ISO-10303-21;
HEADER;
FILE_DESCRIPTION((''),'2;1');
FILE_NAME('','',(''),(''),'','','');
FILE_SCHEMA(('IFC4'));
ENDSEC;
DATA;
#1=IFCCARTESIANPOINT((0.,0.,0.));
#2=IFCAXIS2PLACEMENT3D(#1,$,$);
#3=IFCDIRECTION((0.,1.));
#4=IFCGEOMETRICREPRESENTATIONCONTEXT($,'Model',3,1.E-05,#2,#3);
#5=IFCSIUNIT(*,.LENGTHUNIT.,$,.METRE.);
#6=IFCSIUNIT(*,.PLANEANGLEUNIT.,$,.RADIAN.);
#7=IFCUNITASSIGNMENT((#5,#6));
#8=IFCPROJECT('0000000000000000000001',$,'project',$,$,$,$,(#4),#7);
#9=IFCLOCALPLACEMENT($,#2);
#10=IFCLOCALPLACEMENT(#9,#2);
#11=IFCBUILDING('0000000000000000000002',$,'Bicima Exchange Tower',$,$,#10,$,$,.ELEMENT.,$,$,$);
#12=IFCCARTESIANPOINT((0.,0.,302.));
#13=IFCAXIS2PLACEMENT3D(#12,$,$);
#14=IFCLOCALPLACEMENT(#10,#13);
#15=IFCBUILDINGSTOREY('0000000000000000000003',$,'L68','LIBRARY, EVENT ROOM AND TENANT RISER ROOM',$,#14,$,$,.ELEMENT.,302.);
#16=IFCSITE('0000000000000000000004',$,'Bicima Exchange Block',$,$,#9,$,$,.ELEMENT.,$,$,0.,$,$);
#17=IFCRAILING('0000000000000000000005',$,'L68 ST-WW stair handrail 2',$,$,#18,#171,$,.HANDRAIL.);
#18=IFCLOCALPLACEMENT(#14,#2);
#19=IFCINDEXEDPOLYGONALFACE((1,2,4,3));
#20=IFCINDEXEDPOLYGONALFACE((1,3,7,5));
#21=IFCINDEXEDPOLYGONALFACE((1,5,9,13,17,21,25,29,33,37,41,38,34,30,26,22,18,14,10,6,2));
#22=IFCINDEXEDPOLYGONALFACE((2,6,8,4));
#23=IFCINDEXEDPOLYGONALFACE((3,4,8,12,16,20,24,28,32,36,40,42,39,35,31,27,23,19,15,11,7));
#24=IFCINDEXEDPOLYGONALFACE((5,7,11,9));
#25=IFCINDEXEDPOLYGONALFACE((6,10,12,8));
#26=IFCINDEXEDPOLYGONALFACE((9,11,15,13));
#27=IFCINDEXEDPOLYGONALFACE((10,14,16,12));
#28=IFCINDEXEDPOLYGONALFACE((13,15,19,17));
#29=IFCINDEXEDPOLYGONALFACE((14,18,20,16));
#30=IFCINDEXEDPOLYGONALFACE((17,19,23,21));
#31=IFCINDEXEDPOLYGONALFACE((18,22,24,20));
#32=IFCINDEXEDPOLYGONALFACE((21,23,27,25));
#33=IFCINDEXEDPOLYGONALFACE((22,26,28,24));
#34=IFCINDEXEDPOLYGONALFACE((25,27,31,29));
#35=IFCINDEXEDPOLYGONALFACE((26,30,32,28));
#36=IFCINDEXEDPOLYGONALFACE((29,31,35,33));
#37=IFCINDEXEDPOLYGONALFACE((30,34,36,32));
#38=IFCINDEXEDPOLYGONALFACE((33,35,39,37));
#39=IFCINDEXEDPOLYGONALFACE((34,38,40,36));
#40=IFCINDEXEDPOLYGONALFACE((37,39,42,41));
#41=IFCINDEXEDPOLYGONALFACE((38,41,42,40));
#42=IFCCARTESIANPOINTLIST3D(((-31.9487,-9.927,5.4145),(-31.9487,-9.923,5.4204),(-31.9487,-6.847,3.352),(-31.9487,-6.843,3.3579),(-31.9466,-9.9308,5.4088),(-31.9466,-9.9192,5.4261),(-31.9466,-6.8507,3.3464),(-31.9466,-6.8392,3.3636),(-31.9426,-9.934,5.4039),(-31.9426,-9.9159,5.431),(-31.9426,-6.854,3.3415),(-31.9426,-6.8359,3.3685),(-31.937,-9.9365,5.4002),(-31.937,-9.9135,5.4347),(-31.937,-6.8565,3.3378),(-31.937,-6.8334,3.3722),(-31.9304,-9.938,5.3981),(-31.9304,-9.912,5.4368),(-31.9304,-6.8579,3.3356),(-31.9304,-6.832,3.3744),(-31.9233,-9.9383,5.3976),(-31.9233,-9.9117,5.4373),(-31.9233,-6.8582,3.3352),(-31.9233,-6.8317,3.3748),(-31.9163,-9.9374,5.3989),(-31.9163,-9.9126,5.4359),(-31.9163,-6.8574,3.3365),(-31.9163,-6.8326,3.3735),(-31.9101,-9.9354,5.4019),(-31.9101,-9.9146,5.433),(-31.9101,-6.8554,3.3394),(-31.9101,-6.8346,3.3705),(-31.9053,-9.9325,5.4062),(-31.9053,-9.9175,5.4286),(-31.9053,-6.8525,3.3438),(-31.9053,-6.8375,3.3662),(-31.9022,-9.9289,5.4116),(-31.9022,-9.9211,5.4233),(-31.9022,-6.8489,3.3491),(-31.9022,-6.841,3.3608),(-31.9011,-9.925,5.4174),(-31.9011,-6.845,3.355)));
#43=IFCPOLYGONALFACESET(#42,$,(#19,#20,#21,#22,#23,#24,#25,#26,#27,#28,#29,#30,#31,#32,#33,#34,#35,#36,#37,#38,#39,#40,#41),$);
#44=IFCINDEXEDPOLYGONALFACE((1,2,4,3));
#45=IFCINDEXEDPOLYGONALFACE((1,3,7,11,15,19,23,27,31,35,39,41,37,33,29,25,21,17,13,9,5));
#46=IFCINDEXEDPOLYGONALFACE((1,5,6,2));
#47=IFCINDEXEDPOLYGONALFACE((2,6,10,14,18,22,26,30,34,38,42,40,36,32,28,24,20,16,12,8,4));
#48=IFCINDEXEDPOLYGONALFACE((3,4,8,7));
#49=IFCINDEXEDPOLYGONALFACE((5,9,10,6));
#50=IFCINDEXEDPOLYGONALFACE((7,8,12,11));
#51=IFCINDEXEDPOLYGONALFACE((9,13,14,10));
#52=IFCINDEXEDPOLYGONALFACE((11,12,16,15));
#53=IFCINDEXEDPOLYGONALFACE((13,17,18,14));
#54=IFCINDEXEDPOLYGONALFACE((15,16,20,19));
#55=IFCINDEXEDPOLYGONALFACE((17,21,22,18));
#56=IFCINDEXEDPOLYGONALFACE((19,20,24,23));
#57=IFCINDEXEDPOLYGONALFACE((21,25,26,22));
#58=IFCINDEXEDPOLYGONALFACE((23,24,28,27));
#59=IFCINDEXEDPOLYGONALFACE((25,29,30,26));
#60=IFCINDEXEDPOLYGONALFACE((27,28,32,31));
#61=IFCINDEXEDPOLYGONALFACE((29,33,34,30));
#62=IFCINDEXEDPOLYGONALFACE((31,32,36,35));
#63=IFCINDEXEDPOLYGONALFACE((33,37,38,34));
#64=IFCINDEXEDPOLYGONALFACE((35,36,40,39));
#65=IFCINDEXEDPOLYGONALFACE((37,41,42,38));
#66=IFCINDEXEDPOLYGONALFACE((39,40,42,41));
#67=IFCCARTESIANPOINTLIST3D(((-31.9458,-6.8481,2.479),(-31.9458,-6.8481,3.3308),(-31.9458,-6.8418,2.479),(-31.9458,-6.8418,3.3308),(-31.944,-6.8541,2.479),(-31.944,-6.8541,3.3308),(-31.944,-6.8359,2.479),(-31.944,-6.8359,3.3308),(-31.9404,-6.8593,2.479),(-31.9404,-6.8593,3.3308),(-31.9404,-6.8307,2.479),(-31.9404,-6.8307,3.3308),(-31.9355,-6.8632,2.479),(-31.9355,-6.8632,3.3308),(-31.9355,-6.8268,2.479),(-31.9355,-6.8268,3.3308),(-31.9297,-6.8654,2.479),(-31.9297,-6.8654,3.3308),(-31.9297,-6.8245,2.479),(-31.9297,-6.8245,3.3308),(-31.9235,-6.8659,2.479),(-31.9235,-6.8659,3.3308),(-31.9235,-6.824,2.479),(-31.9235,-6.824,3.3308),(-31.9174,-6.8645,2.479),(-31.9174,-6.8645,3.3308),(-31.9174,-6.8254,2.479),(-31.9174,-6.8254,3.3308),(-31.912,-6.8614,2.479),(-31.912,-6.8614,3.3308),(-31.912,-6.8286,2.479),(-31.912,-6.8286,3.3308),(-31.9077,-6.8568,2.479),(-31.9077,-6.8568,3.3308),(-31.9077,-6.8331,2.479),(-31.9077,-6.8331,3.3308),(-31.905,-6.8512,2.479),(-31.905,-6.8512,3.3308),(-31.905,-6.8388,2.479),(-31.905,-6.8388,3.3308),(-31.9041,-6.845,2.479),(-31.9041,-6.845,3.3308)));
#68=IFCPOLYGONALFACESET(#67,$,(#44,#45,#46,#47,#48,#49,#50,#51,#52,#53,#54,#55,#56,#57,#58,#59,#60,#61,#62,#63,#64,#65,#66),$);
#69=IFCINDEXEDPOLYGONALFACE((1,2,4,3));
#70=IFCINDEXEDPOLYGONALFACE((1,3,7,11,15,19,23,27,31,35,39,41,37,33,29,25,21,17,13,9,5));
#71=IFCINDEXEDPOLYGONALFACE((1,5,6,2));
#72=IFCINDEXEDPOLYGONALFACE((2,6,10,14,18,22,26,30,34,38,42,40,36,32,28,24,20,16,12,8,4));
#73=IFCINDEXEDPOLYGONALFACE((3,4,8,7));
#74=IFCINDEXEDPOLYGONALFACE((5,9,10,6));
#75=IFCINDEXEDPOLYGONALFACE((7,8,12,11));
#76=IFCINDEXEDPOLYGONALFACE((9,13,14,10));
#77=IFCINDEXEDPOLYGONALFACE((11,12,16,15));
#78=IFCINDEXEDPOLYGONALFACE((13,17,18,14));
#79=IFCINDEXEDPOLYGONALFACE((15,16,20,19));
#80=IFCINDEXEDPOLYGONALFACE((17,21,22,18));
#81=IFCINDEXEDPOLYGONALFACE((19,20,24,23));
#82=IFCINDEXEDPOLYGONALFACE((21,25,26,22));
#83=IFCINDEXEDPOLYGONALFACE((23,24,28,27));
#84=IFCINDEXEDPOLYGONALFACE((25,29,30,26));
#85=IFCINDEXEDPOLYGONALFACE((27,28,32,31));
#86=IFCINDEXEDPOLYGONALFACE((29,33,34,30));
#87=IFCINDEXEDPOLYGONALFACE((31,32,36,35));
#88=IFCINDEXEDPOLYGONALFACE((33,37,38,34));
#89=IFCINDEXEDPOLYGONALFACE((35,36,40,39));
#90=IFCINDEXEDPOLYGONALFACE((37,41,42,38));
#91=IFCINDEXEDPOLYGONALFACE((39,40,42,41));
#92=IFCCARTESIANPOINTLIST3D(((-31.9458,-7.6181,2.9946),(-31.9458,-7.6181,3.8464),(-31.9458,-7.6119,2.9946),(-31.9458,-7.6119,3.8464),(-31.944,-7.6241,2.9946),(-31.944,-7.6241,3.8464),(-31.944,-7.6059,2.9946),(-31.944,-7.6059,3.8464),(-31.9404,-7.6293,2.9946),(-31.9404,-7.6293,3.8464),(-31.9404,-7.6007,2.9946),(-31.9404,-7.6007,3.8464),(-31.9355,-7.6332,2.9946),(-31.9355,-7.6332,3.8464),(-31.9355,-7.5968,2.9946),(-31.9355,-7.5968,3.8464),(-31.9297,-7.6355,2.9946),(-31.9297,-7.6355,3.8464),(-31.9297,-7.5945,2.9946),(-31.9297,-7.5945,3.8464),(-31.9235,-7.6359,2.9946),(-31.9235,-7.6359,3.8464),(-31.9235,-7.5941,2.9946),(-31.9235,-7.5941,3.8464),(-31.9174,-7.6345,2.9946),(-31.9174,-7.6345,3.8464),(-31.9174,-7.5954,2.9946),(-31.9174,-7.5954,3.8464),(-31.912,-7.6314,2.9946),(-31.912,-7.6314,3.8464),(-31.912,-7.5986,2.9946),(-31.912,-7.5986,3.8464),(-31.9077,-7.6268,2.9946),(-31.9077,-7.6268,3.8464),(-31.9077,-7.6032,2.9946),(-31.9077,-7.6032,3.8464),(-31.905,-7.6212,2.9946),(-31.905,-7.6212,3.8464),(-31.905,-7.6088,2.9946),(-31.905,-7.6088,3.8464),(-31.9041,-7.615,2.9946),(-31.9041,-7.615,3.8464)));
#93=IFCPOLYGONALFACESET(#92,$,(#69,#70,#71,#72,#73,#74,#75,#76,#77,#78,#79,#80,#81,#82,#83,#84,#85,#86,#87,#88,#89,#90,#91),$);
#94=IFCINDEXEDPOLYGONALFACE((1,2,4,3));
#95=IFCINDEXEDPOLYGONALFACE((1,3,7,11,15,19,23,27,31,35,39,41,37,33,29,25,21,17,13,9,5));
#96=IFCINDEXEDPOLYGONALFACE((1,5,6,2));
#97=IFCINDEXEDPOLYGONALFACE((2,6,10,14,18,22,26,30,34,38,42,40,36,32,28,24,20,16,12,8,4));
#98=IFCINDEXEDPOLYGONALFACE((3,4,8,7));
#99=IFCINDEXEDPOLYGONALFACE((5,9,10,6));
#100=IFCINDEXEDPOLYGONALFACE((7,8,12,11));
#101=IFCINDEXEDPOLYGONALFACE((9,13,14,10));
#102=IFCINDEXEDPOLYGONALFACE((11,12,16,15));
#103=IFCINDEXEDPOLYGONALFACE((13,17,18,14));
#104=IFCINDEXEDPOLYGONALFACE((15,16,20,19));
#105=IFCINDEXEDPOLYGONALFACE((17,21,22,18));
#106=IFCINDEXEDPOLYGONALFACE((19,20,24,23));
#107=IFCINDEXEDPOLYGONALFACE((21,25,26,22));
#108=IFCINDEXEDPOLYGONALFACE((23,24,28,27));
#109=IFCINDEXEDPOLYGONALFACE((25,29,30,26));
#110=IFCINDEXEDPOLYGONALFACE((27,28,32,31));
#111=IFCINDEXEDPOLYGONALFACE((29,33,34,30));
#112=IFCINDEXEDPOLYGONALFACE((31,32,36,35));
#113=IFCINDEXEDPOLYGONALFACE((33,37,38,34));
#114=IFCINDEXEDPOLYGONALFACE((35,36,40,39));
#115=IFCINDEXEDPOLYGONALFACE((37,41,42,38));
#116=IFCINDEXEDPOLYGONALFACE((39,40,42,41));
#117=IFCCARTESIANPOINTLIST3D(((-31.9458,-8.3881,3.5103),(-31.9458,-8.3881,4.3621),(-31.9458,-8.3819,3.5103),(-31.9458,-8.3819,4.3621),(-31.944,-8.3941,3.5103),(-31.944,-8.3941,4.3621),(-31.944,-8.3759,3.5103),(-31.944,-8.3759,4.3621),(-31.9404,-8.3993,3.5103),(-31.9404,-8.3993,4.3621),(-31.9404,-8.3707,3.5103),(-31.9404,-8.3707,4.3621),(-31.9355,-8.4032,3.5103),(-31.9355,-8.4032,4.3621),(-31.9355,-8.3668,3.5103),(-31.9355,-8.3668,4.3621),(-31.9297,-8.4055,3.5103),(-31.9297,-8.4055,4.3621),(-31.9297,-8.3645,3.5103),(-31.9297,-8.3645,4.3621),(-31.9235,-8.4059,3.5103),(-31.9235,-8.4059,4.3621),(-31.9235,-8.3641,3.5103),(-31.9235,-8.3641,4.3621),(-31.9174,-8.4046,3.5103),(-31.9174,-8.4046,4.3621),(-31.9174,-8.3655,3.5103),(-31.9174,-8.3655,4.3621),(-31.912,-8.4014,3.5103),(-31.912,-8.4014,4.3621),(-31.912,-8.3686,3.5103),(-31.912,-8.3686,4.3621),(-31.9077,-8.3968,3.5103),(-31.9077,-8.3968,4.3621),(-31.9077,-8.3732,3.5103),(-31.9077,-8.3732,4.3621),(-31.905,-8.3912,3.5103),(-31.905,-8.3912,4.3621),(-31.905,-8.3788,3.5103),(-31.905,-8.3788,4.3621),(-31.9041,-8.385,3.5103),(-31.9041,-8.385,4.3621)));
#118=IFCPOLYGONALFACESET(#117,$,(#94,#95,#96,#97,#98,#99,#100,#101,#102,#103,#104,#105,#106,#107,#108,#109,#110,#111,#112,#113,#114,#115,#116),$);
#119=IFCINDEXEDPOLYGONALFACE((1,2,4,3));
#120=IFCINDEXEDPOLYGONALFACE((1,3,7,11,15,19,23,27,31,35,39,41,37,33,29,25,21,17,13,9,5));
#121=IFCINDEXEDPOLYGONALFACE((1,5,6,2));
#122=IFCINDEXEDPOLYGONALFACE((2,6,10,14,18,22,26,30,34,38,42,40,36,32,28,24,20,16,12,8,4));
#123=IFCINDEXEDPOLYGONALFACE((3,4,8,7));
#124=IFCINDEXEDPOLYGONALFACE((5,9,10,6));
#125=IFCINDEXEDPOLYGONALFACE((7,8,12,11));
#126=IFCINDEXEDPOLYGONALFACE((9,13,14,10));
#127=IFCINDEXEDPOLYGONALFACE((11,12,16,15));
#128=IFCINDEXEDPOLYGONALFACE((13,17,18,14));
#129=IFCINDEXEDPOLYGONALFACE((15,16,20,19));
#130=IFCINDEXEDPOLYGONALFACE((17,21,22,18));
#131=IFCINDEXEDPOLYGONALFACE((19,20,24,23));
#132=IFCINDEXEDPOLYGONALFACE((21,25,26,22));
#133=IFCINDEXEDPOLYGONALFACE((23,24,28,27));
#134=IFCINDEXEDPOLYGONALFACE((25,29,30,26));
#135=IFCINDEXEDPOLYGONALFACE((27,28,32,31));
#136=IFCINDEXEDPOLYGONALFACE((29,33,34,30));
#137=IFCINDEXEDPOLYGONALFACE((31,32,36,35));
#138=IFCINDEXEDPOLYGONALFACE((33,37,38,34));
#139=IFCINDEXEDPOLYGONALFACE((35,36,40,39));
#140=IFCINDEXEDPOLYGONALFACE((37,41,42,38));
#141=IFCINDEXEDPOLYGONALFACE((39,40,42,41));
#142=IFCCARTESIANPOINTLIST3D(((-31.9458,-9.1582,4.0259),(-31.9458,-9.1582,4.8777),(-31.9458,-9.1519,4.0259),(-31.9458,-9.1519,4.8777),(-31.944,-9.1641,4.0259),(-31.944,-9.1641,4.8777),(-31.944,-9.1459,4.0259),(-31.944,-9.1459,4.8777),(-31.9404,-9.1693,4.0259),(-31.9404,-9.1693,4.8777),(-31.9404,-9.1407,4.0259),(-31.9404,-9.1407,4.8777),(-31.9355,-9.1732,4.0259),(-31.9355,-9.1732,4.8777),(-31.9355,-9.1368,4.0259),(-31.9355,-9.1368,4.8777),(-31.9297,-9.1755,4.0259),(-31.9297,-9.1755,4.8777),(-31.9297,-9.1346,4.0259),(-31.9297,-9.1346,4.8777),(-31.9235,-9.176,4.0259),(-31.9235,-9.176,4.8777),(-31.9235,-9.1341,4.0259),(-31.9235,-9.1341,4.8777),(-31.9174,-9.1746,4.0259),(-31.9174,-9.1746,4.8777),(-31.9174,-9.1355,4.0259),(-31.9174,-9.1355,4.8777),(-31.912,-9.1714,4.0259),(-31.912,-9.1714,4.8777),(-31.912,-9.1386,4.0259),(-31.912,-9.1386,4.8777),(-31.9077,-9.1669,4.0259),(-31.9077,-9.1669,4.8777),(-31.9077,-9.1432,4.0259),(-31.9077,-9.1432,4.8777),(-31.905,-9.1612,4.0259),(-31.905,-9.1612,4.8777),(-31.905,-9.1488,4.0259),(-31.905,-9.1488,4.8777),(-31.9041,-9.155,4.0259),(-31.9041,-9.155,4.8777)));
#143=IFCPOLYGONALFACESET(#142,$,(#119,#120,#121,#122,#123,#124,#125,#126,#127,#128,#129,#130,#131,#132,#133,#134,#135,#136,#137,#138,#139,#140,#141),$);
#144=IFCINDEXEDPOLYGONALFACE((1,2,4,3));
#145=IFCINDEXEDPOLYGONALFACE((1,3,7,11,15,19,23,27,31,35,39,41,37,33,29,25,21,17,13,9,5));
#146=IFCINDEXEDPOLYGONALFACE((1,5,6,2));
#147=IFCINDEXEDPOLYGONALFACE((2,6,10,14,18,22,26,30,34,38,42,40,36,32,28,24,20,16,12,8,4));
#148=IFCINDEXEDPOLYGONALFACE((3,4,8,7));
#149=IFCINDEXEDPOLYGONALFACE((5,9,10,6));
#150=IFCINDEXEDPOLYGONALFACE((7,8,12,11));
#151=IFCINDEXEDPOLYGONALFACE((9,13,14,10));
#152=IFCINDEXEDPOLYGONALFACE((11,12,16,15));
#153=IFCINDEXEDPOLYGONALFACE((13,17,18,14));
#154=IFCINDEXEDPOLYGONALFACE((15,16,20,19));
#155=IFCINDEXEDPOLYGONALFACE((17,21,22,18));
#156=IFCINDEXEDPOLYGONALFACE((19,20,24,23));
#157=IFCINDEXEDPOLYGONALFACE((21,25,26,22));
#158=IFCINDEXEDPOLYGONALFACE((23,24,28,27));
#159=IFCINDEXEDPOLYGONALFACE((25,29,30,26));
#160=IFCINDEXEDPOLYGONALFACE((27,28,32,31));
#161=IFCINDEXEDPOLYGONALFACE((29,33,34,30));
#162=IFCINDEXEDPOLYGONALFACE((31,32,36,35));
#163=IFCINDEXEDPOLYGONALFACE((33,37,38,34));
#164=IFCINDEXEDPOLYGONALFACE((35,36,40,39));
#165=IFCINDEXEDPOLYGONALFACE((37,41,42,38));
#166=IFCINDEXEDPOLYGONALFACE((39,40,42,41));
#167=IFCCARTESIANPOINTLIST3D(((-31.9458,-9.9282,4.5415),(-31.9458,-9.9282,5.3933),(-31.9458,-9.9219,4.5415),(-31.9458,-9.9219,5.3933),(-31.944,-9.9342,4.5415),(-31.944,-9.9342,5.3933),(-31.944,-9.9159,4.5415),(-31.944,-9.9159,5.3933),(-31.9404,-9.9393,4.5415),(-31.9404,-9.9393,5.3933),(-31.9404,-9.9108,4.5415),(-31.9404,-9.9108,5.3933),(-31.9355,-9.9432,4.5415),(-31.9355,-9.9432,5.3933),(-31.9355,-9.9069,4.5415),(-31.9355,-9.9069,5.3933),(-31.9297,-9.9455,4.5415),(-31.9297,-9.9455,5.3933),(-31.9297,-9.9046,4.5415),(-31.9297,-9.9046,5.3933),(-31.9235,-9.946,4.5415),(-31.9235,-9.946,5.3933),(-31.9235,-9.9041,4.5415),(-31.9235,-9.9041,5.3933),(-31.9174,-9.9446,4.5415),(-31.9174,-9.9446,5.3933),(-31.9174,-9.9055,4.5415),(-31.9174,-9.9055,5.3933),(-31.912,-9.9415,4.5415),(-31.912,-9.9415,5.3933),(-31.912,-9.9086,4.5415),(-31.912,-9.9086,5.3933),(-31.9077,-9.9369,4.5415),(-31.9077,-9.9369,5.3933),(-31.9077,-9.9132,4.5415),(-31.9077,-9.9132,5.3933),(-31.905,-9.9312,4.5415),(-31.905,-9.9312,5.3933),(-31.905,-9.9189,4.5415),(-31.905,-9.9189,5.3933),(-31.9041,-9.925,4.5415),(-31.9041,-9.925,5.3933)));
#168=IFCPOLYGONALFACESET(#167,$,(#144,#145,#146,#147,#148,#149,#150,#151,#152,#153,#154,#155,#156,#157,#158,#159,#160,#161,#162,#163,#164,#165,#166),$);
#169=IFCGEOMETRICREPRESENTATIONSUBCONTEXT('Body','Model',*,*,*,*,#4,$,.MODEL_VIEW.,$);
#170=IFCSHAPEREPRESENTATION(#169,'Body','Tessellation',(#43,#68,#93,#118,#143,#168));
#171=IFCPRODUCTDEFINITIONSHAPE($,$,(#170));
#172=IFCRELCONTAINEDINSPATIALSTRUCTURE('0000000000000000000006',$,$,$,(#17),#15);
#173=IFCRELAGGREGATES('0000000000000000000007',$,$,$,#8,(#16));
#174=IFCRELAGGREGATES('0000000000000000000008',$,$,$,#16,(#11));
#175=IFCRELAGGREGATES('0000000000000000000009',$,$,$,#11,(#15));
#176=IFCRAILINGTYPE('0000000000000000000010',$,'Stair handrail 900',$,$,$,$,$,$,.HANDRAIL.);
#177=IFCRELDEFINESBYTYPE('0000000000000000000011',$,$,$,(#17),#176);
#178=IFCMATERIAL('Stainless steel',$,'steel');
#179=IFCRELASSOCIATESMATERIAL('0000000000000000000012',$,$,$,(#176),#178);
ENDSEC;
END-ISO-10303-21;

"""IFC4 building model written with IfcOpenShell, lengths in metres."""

from ifc_helpers import new_model, si_unit, direction, frame, origin, origin_2d, place, context, subcontext, project, spatial, circle, extrude, material, type_object, element, save


model = new_model("IFC4")

# Units and contexts
model_context = context("Model", 3, precision=1e-05, world=origin(), true_north=direction((0.0, 1.0)))
body_context = subcontext(model_context, "Body", "Model", "MODEL_VIEW")
ifc_project = project(units=[si_unit("LENGTHUNIT", "METRE"), si_unit("PLANEANGLEUNIT", "RADIAN")], contexts=[model_context])

# Site, building, storey
site_placement = place(None, origin())
site = spatial("IfcSite", under=ifc_project, at=site_placement, Name="Bicima Exchange Block", CompositionType="ELEMENT", RefElevation=0.0)
building_placement = place(site_placement, origin())
building = spatial("IfcBuilding", under=site, at=building_placement, Name="Bicima Exchange Tower", CompositionType="ELEMENT")
storey_placement = place(building_placement, frame((0.0, 0.0, 302.0)))
storey = spatial("IfcBuildingStorey", under=building, at=storey_placement, Name="L68", Description="LIBRARY, EVENT ROOM AND TENANT RISER ROOM", CompositionType="ELEMENT", Elevation=302.0)

# Railing
ifc_material_1 = material(Name="Stainless steel", Category="steel")
railing_type = type_object("IfcRailingType", Name="Stair handrail 900", PredefinedType="HANDRAIL", material=ifc_material_1)
railing_placement = place(storey_placement, frame((-31.925, -6.845, 2.479)))
element("IfcRailing", 1, at=railing_placement, inside=storey, type_object=railing_type, Name="L68 ST-WW stair handrail 2", PredefinedType="HANDRAIL", context=body_context, shape_type="SweptSolid", body=[
    extrude(circle(Radius=0.0239, at=origin_2d()), frame((0.0, 0.0, 0.876), z_axis=(0.0, -0.830914, 0.556401), x_axis=(1.0, 0.0, 0.0)), (0.0, 0.0, 1.0), 3.7068),
    extrude(circle(Radius=0.021, at=origin_2d()), origin(), (0.0, 0.0, 1.0), 0.8518),
    extrude(circle(Radius=0.021, at=origin_2d()), frame((0.0, -0.77, 0.5156)), (0.0, 0.0, 1.0), 0.8518),
    extrude(circle(Radius=0.021, at=origin_2d()), frame((0.0, -1.54, 1.0312)), (0.0, 0.0, 1.0), 0.8518),
    extrude(circle(Radius=0.021, at=origin_2d()), frame((0.0, -2.3101, 1.5469)), (0.0, 0.0, 1.0), 0.8518),
    extrude(circle(Radius=0.021, at=origin_2d()), frame((0.0, -3.0801, 2.0625)), (0.0, 0.0, 1.0), 0.8518),
])

save(model, "model.ifc")
